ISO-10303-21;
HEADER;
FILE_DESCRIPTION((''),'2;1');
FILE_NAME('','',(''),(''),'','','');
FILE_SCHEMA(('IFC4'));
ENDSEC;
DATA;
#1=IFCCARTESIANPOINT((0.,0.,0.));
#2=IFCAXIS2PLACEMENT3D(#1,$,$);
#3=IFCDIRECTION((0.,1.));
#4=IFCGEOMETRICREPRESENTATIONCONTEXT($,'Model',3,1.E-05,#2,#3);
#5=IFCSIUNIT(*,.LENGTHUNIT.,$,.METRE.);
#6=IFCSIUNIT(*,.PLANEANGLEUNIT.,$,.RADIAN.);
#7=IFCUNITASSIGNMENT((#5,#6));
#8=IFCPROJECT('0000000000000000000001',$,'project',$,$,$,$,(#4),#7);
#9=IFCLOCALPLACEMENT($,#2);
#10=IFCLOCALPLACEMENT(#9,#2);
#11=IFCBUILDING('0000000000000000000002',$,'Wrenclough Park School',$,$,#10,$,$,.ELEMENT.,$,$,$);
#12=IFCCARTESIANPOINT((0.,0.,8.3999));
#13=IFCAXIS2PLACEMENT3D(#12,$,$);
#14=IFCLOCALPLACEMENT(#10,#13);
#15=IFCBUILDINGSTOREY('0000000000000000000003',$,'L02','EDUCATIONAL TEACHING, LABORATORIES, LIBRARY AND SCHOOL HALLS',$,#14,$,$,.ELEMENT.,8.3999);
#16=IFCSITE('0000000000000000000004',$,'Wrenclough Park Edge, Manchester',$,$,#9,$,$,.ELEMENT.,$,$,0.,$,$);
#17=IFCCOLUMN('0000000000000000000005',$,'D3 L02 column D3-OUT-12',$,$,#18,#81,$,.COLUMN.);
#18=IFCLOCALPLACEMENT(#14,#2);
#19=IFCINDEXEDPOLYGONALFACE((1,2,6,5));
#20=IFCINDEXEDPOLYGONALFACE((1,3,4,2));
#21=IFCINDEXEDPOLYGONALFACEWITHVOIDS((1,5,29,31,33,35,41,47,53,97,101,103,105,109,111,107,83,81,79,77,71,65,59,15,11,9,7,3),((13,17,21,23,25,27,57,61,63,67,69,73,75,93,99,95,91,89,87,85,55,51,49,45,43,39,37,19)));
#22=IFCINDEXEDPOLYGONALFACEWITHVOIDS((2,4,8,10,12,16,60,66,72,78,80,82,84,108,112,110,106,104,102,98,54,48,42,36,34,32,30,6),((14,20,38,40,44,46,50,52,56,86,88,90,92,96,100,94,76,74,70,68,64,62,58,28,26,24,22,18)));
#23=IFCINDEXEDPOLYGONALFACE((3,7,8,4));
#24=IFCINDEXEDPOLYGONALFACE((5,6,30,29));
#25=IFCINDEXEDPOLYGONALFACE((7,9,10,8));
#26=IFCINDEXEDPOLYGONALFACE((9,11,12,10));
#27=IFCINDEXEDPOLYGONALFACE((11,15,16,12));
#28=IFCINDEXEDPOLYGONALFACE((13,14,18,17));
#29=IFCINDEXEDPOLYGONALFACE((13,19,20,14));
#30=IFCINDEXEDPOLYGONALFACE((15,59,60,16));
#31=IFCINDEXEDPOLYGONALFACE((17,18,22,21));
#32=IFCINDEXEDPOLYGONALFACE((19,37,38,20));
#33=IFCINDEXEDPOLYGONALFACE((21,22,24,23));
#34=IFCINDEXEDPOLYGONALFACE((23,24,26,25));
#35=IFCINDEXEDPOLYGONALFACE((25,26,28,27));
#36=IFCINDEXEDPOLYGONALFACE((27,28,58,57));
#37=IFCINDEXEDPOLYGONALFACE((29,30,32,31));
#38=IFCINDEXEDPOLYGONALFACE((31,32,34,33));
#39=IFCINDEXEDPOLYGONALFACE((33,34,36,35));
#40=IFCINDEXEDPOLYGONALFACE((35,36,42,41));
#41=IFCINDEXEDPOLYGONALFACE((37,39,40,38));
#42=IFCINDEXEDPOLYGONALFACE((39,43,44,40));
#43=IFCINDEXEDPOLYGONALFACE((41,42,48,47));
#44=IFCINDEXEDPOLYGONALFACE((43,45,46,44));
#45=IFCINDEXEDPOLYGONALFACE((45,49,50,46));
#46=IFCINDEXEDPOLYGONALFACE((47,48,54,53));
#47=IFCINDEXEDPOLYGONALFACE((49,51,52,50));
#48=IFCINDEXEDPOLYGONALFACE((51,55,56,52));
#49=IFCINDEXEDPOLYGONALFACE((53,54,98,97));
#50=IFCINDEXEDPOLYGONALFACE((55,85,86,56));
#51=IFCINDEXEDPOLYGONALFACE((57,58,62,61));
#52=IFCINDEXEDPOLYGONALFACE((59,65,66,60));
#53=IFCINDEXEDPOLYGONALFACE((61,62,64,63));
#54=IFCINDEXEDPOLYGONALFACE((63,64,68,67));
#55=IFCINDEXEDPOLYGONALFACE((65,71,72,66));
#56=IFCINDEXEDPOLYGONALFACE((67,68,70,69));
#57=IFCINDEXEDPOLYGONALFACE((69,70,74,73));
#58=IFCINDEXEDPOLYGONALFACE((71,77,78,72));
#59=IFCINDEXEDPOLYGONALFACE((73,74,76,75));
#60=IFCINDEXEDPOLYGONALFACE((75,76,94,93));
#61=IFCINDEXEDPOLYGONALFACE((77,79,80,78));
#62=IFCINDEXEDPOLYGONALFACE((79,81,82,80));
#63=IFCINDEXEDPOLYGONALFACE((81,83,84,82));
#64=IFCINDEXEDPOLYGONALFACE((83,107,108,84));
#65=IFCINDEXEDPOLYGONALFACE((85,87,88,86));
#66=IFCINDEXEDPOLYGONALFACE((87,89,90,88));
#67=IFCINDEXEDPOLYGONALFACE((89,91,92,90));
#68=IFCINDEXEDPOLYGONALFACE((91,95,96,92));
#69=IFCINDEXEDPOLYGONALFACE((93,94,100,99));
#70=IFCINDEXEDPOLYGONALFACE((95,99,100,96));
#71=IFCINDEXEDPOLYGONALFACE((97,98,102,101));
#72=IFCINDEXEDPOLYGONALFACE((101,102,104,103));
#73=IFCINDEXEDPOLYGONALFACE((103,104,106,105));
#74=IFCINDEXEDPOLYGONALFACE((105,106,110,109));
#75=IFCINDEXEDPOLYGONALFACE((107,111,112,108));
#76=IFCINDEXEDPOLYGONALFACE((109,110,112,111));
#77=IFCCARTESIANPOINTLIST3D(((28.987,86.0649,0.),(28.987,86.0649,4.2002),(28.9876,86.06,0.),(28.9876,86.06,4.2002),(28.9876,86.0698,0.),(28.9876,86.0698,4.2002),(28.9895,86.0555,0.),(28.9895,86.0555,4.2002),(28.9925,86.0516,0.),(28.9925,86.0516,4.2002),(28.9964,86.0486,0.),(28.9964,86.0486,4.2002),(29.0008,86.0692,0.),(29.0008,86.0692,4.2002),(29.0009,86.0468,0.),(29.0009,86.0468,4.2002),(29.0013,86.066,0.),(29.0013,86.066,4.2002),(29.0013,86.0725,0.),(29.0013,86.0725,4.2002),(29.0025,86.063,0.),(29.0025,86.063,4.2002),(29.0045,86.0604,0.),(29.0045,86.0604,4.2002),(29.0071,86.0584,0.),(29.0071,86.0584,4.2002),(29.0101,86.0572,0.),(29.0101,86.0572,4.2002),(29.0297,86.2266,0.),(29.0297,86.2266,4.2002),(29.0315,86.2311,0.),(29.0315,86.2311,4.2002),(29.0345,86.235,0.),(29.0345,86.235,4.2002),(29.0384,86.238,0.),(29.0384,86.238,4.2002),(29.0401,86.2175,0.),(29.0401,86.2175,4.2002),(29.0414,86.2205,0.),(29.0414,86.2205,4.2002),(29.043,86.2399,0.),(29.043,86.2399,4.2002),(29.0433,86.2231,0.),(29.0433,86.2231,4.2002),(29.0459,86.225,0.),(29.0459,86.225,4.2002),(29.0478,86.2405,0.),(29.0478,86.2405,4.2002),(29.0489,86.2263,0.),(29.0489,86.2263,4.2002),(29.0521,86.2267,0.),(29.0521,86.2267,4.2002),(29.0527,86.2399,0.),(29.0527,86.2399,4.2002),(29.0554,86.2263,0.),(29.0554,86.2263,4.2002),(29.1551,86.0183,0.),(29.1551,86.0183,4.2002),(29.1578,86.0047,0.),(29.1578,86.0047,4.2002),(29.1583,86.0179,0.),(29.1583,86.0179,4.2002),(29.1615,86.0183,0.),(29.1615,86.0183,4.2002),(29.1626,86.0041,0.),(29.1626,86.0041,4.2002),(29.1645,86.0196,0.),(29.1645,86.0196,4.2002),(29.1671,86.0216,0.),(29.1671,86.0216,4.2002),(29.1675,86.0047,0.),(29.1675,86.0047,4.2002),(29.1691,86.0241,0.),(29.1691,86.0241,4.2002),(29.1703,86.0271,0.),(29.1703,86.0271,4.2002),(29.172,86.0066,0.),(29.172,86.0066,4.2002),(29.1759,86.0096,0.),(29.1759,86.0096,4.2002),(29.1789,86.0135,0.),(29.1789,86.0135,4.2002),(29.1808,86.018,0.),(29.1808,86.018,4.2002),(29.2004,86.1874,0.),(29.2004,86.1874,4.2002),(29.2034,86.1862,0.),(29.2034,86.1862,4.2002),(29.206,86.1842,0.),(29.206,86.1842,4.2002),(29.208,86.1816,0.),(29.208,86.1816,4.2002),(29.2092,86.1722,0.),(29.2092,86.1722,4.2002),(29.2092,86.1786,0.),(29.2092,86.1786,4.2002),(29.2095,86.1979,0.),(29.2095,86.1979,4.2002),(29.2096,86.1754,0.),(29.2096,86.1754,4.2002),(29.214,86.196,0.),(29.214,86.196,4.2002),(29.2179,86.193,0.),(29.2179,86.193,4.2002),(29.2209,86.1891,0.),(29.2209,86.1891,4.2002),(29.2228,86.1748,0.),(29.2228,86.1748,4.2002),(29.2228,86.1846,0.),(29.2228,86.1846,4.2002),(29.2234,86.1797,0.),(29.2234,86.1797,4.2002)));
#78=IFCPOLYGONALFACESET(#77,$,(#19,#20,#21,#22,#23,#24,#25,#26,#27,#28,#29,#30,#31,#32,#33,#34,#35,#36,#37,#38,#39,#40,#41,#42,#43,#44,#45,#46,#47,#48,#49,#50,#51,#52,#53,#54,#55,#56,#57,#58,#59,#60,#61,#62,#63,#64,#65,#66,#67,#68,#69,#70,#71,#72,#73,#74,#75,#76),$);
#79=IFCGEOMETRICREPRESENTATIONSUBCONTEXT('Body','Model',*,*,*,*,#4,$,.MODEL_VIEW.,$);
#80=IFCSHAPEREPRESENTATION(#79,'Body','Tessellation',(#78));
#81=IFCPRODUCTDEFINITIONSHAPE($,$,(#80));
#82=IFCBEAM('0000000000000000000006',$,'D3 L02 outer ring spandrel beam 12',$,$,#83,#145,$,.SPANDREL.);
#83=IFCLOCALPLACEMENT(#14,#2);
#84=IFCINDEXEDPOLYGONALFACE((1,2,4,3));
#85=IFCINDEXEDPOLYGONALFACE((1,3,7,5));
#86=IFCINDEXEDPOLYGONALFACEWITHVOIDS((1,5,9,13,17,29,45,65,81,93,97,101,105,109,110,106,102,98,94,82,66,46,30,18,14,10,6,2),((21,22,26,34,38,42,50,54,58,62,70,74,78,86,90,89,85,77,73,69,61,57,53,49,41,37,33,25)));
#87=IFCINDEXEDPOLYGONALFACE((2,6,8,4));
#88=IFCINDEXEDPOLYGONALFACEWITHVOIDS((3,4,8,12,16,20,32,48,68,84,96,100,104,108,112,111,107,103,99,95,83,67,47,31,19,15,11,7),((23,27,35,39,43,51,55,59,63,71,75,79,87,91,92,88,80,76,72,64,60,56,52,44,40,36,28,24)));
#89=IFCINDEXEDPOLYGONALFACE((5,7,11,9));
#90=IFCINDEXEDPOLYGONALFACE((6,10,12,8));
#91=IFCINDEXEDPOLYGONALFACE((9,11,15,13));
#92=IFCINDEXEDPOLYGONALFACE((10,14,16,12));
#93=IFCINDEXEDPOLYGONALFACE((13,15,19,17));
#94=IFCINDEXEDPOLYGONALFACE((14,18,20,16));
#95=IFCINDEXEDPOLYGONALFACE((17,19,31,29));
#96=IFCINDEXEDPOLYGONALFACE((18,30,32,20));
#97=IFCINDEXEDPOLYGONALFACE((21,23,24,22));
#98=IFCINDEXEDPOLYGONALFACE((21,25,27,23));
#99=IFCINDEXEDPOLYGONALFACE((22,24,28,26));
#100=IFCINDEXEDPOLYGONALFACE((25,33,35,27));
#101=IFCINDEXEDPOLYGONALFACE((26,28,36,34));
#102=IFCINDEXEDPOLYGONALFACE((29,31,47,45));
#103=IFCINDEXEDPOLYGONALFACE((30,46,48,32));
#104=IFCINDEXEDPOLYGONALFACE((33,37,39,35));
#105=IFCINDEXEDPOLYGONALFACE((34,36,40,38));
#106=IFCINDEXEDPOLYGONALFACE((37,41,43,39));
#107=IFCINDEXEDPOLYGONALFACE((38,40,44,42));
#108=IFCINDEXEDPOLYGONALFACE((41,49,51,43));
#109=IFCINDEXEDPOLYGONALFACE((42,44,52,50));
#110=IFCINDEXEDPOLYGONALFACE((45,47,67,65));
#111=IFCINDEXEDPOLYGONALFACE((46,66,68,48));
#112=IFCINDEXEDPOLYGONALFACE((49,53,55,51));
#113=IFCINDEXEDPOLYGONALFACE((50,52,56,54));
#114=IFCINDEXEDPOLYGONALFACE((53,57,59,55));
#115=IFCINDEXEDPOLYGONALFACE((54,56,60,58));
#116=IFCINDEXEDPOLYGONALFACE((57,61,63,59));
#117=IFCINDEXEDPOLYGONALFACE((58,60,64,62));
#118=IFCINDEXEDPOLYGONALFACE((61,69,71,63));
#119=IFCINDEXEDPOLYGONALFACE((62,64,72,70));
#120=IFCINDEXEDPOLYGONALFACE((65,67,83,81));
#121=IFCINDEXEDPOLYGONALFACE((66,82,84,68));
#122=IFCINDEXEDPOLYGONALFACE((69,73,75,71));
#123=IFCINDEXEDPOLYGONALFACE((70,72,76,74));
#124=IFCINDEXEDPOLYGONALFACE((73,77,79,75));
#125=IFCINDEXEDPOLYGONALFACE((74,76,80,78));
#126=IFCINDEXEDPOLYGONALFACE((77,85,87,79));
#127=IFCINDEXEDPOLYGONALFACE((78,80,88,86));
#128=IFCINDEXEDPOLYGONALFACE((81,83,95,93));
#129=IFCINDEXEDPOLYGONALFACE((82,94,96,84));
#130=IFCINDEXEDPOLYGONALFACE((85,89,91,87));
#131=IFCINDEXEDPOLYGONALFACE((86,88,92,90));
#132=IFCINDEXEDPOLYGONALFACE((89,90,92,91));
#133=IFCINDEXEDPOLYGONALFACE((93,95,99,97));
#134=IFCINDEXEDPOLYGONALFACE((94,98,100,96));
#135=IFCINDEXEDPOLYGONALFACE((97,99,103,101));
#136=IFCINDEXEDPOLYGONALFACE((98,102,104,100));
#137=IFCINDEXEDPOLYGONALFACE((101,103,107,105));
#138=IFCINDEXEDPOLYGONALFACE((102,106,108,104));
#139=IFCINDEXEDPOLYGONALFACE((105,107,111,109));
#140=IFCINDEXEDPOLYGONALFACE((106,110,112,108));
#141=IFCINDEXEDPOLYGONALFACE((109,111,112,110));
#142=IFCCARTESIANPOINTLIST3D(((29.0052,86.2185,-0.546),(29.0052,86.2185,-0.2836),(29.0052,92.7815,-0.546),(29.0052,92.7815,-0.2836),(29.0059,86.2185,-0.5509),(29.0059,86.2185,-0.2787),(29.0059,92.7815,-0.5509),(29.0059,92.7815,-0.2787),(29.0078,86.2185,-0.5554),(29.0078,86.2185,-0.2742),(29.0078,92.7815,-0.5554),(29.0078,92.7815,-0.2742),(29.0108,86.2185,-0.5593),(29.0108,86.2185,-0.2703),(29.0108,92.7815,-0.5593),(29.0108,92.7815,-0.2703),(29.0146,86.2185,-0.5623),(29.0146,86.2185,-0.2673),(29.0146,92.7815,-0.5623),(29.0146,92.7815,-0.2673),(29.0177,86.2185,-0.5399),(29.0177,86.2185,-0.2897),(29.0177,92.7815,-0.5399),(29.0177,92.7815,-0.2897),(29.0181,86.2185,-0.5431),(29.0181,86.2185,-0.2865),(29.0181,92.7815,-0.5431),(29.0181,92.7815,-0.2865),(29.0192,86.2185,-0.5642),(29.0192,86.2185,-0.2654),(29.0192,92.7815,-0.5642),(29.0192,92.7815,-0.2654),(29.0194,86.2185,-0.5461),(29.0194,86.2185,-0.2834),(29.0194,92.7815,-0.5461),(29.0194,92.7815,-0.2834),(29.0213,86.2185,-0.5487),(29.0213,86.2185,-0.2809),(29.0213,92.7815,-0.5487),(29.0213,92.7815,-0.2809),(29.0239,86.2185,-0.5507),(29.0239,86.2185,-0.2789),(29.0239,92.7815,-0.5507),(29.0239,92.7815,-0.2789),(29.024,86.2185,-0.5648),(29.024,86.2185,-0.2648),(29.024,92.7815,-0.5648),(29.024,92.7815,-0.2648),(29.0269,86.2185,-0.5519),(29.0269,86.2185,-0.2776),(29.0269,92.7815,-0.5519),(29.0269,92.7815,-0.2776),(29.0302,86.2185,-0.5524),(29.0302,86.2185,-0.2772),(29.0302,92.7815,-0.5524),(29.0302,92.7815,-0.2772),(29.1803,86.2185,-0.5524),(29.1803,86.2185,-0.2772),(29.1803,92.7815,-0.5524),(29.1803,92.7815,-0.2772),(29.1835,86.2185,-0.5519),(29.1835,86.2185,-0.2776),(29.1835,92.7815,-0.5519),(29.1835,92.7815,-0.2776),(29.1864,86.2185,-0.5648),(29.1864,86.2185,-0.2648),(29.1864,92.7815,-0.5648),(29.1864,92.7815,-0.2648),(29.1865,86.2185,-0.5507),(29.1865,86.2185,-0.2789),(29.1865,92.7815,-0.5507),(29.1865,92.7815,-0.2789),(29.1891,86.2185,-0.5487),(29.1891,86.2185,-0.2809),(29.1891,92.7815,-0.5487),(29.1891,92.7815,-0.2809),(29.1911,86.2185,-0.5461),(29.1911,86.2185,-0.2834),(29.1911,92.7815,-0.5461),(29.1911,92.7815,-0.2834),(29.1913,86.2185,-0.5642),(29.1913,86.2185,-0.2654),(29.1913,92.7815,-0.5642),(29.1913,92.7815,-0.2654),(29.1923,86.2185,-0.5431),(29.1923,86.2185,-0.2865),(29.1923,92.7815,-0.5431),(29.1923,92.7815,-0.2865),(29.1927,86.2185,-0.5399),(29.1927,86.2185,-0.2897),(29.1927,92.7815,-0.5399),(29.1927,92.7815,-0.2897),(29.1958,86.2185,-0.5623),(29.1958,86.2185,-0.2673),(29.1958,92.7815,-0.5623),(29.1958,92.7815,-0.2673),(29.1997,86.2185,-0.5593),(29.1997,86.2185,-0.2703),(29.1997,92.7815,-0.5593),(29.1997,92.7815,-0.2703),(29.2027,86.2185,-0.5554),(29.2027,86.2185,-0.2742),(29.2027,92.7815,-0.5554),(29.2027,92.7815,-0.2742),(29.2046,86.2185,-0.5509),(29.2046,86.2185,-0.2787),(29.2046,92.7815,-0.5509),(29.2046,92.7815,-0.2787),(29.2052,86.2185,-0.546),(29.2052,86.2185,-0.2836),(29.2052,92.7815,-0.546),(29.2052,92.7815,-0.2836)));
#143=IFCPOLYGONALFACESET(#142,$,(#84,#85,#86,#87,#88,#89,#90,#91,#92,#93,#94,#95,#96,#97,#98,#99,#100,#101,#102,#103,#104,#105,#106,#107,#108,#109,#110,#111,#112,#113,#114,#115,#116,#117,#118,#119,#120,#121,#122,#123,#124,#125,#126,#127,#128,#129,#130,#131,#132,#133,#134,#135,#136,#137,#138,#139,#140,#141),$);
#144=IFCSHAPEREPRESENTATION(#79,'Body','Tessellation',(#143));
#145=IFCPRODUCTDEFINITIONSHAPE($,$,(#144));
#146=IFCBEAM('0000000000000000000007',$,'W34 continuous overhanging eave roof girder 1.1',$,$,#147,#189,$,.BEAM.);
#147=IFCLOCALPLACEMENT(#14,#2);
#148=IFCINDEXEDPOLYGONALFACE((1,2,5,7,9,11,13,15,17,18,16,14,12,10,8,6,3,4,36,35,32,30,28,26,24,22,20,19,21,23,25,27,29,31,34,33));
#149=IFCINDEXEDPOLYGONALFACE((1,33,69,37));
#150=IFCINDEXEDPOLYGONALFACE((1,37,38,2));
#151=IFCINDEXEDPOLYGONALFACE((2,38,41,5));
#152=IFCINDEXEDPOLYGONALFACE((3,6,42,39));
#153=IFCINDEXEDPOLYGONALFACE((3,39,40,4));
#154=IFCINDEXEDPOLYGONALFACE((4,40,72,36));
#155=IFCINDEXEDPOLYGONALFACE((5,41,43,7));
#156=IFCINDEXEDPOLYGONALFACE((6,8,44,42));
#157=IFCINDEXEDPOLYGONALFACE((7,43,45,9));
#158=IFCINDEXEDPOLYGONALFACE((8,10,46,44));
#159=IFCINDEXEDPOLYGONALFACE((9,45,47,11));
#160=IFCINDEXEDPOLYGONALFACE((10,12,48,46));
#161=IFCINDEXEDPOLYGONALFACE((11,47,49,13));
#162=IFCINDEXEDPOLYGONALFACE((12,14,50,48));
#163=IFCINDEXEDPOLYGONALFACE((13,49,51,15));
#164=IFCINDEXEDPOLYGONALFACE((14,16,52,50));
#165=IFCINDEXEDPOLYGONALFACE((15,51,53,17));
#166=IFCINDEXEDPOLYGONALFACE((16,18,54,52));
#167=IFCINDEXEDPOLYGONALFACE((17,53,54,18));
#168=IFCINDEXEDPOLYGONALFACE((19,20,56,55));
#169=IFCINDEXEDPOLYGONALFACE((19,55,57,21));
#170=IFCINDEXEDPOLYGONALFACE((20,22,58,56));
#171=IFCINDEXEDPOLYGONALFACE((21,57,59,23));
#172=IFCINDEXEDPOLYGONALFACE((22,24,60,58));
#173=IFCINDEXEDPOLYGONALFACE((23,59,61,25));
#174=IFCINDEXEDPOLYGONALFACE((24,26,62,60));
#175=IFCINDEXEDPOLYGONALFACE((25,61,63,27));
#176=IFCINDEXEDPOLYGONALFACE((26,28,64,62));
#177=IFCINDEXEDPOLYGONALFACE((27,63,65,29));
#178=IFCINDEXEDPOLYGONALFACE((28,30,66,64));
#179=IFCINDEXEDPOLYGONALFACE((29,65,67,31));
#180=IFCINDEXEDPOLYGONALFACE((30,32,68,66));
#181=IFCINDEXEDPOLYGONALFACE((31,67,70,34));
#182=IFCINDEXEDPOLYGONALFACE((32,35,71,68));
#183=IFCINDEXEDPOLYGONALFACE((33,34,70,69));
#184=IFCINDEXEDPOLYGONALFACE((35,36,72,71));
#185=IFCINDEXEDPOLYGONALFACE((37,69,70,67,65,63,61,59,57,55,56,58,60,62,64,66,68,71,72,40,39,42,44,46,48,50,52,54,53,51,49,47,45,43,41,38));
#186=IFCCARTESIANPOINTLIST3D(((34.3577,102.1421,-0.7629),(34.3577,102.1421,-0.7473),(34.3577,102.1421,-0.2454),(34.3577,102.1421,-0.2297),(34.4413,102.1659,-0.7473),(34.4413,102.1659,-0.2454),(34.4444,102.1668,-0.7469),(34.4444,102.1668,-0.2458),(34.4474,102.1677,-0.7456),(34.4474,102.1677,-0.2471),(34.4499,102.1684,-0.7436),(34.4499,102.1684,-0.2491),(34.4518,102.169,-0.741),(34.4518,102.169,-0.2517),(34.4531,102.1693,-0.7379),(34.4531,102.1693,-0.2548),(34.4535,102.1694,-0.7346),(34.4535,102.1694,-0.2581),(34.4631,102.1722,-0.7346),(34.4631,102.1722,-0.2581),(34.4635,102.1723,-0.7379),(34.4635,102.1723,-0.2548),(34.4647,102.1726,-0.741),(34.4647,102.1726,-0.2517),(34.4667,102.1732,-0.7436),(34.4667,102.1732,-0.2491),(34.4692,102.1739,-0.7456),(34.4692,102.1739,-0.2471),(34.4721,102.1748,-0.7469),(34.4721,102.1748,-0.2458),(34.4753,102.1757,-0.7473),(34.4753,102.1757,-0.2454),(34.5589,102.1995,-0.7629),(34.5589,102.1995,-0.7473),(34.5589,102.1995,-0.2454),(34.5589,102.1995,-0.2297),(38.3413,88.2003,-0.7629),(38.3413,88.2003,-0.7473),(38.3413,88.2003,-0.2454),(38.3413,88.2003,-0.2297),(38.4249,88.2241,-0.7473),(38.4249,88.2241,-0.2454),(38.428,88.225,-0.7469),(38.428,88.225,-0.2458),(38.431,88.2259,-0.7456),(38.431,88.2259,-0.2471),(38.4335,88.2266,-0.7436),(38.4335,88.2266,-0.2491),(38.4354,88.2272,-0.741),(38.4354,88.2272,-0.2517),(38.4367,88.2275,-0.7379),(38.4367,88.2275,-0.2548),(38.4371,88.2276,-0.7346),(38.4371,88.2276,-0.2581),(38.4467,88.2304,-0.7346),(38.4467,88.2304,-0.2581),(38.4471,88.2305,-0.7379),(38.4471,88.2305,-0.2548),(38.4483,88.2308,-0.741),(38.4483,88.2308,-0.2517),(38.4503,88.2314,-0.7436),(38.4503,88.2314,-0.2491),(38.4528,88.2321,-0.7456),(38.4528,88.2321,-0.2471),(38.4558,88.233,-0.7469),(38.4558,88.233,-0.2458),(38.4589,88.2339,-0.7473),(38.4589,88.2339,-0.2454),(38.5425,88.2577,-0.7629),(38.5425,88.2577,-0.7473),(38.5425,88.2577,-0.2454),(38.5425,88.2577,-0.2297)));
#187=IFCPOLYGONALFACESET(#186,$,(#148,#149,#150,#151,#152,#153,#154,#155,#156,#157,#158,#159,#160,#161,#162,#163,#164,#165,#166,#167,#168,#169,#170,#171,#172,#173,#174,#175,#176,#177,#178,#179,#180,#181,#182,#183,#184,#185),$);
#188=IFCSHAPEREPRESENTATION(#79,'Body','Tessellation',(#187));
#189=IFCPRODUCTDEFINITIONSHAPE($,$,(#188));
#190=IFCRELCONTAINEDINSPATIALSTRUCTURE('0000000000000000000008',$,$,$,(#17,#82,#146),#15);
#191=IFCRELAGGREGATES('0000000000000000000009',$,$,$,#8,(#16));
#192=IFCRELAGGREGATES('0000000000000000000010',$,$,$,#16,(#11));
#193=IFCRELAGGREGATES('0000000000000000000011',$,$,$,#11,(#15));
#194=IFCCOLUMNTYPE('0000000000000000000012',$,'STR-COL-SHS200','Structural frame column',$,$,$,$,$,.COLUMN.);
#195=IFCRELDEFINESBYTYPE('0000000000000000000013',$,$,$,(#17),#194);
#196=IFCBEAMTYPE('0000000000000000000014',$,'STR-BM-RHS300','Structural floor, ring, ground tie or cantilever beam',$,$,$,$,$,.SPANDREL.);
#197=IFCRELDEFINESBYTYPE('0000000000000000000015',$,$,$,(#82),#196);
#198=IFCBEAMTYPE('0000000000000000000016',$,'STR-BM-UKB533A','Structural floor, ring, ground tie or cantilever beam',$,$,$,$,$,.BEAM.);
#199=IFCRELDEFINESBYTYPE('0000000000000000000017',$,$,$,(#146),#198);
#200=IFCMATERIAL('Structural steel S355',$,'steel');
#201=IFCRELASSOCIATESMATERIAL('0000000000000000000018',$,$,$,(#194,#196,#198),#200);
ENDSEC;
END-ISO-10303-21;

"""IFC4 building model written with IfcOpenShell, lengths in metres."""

from ifc_helpers import new_model, si_unit, direction, frame, origin, origin_2d, place, context, subcontext, project, spatial, hollow_rectangle, i_section, extrude, material, material_profile, profile_set, type_object, element, save


model = new_model("IFC4")

# Units and contexts
model_context = context("Model", 3, precision=1e-05, world=origin(), true_north=direction((0.0, 1.0)))
body_context = subcontext(model_context, "Body", "Model", "MODEL_VIEW")
ifc_project = project(units=[si_unit("LENGTHUNIT", "METRE"), si_unit("PLANEANGLEUNIT", "RADIAN")], contexts=[model_context])

# Site, building, storey
site_placement = place(None, origin())
site = spatial("IfcSite", under=ifc_project, at=site_placement, Name="Wrenclough Park Edge, Manchester", CompositionType="ELEMENT", RefElevation=0.0)
building_placement = place(site_placement, origin())
building = spatial("IfcBuilding", under=site, at=building_placement, Name="Wrenclough Park School", CompositionType="ELEMENT")
storey_placement = place(building_placement, frame((0.0, 0.0, 8.3999)))
storey = spatial("IfcBuildingStorey", under=building, at=storey_placement, Name="L02", Description="EDUCATIONAL TEACHING, LABORATORIES, LIBRARY AND SCHOOL HALLS", CompositionType="ELEMENT", Elevation=8.3999)

# Column
ifc_material_1 = material(Name="Structural steel S355", Category="steel")
ifc_material_profile_1 = material_profile(ifc_material_1, hollow_rectangle(XDim=0.2, YDim=0.2, WallThickness=0.0125, InnerFilletRadius=0.0125, OuterFilletRadius=0.0188, at=origin_2d()), Name="SHS 200x200x12.5")
ifc_profile_set_1 = profile_set([ifc_material_profile_1], Name="Structural steel S355")
column_type = type_object("IfcColumnType", Name="STR-COL-SHS200", Description="Structural frame column", PredefinedType="COLUMN", material=ifc_profile_set_1)
column_placement = place(storey_placement, frame((29.1052, 86.1223, 0.0), z_axis=(0.0, 0.0, 1.0), x_axis=(0.258819, 0.965926, 0.0)))
element("IfcColumn", 1, at=column_placement, inside=storey, type_object=column_type, Name="D3 L02 column D3-OUT-12", PredefinedType="COLUMN", context=body_context, shape_type="SweptSolid", body=[
    extrude(hollow_rectangle(XDim=0.2, YDim=0.2, WallThickness=0.0125, InnerFilletRadius=0.0125, OuterFilletRadius=0.0188, at=origin_2d()), origin(), (0.0, 0.0, 1.0), 4.2002),
])

# Beams
ifc_material_profile_2 = material_profile(ifc_material_1, hollow_rectangle(XDim=0.2, YDim=0.3, WallThickness=0.0125, InnerFilletRadius=0.0125, OuterFilletRadius=0.0188, at=origin_2d()), Name="RHS 300x200x12.5")
ifc_profile_set_2 = profile_set([ifc_material_profile_2], Name="Structural steel S355")
beam_type_1 = type_object("IfcBeamType", Name="STR-BM-RHS300", Description="Structural floor, ring, ground tie or cantilever beam", PredefinedType="SPANDREL", material=ifc_profile_set_2)
beam_1_placement = place(storey_placement, frame((29.1052, 86.2185, -0.4148), z_axis=(0.0, 1.0, 0.0), x_axis=(-1.0, 0.0, 0.0)))
element("IfcBeam", 2, at=beam_1_placement, inside=storey, type_object=beam_type_1, Name="D3 L02 outer ring spandrel beam 12", PredefinedType="SPANDREL", context=body_context, shape_type="SweptSolid", body=[
    extrude(hollow_rectangle(XDim=0.2, YDim=0.3, WallThickness=0.0125, InnerFilletRadius=0.0125, OuterFilletRadius=0.0188, at=origin_2d()), origin(), (0.0, 0.0, 1.0), 6.563),
])
ifc_material_profile_3 = material_profile(ifc_material_1, i_section(OverallWidth=0.2092, OverallDepth=0.5332, WebThickness=0.01, FlangeThickness=0.0156, FilletRadius=0.0127, at=origin_2d()), Name="UKB 533x210x92")
ifc_profile_set_3 = profile_set([ifc_material_profile_3], Name="Structural steel S355")
beam_type_2 = type_object("IfcBeamType", Name="STR-BM-UKB533A", Description="Structural floor, ring, ground tie or cantilever beam", PredefinedType="BEAM", material=ifc_profile_set_3)
beam_2_placement = place(storey_placement, frame((38.4419, 88.229, -0.4963), z_axis=(-0.274737, 0.961519, 0.0), x_axis=(-0.961519, -0.274737, 0.0)))
element("IfcBeam", 3, at=beam_2_placement, inside=storey, type_object=beam_type_2, Name="W34 continuous overhanging eave roof girder 1.1", PredefinedType="BEAM", context=body_context, shape_type="SweptSolid", body=[
    extrude(i_section(OverallWidth=0.2092, OverallDepth=0.5332, WebThickness=0.01, FlangeThickness=0.0156, FilletRadius=0.0127, at=origin_2d()), origin(), (0.0, 0.0, 1.0), 14.4998),
])

save(model, "model.ifc")
